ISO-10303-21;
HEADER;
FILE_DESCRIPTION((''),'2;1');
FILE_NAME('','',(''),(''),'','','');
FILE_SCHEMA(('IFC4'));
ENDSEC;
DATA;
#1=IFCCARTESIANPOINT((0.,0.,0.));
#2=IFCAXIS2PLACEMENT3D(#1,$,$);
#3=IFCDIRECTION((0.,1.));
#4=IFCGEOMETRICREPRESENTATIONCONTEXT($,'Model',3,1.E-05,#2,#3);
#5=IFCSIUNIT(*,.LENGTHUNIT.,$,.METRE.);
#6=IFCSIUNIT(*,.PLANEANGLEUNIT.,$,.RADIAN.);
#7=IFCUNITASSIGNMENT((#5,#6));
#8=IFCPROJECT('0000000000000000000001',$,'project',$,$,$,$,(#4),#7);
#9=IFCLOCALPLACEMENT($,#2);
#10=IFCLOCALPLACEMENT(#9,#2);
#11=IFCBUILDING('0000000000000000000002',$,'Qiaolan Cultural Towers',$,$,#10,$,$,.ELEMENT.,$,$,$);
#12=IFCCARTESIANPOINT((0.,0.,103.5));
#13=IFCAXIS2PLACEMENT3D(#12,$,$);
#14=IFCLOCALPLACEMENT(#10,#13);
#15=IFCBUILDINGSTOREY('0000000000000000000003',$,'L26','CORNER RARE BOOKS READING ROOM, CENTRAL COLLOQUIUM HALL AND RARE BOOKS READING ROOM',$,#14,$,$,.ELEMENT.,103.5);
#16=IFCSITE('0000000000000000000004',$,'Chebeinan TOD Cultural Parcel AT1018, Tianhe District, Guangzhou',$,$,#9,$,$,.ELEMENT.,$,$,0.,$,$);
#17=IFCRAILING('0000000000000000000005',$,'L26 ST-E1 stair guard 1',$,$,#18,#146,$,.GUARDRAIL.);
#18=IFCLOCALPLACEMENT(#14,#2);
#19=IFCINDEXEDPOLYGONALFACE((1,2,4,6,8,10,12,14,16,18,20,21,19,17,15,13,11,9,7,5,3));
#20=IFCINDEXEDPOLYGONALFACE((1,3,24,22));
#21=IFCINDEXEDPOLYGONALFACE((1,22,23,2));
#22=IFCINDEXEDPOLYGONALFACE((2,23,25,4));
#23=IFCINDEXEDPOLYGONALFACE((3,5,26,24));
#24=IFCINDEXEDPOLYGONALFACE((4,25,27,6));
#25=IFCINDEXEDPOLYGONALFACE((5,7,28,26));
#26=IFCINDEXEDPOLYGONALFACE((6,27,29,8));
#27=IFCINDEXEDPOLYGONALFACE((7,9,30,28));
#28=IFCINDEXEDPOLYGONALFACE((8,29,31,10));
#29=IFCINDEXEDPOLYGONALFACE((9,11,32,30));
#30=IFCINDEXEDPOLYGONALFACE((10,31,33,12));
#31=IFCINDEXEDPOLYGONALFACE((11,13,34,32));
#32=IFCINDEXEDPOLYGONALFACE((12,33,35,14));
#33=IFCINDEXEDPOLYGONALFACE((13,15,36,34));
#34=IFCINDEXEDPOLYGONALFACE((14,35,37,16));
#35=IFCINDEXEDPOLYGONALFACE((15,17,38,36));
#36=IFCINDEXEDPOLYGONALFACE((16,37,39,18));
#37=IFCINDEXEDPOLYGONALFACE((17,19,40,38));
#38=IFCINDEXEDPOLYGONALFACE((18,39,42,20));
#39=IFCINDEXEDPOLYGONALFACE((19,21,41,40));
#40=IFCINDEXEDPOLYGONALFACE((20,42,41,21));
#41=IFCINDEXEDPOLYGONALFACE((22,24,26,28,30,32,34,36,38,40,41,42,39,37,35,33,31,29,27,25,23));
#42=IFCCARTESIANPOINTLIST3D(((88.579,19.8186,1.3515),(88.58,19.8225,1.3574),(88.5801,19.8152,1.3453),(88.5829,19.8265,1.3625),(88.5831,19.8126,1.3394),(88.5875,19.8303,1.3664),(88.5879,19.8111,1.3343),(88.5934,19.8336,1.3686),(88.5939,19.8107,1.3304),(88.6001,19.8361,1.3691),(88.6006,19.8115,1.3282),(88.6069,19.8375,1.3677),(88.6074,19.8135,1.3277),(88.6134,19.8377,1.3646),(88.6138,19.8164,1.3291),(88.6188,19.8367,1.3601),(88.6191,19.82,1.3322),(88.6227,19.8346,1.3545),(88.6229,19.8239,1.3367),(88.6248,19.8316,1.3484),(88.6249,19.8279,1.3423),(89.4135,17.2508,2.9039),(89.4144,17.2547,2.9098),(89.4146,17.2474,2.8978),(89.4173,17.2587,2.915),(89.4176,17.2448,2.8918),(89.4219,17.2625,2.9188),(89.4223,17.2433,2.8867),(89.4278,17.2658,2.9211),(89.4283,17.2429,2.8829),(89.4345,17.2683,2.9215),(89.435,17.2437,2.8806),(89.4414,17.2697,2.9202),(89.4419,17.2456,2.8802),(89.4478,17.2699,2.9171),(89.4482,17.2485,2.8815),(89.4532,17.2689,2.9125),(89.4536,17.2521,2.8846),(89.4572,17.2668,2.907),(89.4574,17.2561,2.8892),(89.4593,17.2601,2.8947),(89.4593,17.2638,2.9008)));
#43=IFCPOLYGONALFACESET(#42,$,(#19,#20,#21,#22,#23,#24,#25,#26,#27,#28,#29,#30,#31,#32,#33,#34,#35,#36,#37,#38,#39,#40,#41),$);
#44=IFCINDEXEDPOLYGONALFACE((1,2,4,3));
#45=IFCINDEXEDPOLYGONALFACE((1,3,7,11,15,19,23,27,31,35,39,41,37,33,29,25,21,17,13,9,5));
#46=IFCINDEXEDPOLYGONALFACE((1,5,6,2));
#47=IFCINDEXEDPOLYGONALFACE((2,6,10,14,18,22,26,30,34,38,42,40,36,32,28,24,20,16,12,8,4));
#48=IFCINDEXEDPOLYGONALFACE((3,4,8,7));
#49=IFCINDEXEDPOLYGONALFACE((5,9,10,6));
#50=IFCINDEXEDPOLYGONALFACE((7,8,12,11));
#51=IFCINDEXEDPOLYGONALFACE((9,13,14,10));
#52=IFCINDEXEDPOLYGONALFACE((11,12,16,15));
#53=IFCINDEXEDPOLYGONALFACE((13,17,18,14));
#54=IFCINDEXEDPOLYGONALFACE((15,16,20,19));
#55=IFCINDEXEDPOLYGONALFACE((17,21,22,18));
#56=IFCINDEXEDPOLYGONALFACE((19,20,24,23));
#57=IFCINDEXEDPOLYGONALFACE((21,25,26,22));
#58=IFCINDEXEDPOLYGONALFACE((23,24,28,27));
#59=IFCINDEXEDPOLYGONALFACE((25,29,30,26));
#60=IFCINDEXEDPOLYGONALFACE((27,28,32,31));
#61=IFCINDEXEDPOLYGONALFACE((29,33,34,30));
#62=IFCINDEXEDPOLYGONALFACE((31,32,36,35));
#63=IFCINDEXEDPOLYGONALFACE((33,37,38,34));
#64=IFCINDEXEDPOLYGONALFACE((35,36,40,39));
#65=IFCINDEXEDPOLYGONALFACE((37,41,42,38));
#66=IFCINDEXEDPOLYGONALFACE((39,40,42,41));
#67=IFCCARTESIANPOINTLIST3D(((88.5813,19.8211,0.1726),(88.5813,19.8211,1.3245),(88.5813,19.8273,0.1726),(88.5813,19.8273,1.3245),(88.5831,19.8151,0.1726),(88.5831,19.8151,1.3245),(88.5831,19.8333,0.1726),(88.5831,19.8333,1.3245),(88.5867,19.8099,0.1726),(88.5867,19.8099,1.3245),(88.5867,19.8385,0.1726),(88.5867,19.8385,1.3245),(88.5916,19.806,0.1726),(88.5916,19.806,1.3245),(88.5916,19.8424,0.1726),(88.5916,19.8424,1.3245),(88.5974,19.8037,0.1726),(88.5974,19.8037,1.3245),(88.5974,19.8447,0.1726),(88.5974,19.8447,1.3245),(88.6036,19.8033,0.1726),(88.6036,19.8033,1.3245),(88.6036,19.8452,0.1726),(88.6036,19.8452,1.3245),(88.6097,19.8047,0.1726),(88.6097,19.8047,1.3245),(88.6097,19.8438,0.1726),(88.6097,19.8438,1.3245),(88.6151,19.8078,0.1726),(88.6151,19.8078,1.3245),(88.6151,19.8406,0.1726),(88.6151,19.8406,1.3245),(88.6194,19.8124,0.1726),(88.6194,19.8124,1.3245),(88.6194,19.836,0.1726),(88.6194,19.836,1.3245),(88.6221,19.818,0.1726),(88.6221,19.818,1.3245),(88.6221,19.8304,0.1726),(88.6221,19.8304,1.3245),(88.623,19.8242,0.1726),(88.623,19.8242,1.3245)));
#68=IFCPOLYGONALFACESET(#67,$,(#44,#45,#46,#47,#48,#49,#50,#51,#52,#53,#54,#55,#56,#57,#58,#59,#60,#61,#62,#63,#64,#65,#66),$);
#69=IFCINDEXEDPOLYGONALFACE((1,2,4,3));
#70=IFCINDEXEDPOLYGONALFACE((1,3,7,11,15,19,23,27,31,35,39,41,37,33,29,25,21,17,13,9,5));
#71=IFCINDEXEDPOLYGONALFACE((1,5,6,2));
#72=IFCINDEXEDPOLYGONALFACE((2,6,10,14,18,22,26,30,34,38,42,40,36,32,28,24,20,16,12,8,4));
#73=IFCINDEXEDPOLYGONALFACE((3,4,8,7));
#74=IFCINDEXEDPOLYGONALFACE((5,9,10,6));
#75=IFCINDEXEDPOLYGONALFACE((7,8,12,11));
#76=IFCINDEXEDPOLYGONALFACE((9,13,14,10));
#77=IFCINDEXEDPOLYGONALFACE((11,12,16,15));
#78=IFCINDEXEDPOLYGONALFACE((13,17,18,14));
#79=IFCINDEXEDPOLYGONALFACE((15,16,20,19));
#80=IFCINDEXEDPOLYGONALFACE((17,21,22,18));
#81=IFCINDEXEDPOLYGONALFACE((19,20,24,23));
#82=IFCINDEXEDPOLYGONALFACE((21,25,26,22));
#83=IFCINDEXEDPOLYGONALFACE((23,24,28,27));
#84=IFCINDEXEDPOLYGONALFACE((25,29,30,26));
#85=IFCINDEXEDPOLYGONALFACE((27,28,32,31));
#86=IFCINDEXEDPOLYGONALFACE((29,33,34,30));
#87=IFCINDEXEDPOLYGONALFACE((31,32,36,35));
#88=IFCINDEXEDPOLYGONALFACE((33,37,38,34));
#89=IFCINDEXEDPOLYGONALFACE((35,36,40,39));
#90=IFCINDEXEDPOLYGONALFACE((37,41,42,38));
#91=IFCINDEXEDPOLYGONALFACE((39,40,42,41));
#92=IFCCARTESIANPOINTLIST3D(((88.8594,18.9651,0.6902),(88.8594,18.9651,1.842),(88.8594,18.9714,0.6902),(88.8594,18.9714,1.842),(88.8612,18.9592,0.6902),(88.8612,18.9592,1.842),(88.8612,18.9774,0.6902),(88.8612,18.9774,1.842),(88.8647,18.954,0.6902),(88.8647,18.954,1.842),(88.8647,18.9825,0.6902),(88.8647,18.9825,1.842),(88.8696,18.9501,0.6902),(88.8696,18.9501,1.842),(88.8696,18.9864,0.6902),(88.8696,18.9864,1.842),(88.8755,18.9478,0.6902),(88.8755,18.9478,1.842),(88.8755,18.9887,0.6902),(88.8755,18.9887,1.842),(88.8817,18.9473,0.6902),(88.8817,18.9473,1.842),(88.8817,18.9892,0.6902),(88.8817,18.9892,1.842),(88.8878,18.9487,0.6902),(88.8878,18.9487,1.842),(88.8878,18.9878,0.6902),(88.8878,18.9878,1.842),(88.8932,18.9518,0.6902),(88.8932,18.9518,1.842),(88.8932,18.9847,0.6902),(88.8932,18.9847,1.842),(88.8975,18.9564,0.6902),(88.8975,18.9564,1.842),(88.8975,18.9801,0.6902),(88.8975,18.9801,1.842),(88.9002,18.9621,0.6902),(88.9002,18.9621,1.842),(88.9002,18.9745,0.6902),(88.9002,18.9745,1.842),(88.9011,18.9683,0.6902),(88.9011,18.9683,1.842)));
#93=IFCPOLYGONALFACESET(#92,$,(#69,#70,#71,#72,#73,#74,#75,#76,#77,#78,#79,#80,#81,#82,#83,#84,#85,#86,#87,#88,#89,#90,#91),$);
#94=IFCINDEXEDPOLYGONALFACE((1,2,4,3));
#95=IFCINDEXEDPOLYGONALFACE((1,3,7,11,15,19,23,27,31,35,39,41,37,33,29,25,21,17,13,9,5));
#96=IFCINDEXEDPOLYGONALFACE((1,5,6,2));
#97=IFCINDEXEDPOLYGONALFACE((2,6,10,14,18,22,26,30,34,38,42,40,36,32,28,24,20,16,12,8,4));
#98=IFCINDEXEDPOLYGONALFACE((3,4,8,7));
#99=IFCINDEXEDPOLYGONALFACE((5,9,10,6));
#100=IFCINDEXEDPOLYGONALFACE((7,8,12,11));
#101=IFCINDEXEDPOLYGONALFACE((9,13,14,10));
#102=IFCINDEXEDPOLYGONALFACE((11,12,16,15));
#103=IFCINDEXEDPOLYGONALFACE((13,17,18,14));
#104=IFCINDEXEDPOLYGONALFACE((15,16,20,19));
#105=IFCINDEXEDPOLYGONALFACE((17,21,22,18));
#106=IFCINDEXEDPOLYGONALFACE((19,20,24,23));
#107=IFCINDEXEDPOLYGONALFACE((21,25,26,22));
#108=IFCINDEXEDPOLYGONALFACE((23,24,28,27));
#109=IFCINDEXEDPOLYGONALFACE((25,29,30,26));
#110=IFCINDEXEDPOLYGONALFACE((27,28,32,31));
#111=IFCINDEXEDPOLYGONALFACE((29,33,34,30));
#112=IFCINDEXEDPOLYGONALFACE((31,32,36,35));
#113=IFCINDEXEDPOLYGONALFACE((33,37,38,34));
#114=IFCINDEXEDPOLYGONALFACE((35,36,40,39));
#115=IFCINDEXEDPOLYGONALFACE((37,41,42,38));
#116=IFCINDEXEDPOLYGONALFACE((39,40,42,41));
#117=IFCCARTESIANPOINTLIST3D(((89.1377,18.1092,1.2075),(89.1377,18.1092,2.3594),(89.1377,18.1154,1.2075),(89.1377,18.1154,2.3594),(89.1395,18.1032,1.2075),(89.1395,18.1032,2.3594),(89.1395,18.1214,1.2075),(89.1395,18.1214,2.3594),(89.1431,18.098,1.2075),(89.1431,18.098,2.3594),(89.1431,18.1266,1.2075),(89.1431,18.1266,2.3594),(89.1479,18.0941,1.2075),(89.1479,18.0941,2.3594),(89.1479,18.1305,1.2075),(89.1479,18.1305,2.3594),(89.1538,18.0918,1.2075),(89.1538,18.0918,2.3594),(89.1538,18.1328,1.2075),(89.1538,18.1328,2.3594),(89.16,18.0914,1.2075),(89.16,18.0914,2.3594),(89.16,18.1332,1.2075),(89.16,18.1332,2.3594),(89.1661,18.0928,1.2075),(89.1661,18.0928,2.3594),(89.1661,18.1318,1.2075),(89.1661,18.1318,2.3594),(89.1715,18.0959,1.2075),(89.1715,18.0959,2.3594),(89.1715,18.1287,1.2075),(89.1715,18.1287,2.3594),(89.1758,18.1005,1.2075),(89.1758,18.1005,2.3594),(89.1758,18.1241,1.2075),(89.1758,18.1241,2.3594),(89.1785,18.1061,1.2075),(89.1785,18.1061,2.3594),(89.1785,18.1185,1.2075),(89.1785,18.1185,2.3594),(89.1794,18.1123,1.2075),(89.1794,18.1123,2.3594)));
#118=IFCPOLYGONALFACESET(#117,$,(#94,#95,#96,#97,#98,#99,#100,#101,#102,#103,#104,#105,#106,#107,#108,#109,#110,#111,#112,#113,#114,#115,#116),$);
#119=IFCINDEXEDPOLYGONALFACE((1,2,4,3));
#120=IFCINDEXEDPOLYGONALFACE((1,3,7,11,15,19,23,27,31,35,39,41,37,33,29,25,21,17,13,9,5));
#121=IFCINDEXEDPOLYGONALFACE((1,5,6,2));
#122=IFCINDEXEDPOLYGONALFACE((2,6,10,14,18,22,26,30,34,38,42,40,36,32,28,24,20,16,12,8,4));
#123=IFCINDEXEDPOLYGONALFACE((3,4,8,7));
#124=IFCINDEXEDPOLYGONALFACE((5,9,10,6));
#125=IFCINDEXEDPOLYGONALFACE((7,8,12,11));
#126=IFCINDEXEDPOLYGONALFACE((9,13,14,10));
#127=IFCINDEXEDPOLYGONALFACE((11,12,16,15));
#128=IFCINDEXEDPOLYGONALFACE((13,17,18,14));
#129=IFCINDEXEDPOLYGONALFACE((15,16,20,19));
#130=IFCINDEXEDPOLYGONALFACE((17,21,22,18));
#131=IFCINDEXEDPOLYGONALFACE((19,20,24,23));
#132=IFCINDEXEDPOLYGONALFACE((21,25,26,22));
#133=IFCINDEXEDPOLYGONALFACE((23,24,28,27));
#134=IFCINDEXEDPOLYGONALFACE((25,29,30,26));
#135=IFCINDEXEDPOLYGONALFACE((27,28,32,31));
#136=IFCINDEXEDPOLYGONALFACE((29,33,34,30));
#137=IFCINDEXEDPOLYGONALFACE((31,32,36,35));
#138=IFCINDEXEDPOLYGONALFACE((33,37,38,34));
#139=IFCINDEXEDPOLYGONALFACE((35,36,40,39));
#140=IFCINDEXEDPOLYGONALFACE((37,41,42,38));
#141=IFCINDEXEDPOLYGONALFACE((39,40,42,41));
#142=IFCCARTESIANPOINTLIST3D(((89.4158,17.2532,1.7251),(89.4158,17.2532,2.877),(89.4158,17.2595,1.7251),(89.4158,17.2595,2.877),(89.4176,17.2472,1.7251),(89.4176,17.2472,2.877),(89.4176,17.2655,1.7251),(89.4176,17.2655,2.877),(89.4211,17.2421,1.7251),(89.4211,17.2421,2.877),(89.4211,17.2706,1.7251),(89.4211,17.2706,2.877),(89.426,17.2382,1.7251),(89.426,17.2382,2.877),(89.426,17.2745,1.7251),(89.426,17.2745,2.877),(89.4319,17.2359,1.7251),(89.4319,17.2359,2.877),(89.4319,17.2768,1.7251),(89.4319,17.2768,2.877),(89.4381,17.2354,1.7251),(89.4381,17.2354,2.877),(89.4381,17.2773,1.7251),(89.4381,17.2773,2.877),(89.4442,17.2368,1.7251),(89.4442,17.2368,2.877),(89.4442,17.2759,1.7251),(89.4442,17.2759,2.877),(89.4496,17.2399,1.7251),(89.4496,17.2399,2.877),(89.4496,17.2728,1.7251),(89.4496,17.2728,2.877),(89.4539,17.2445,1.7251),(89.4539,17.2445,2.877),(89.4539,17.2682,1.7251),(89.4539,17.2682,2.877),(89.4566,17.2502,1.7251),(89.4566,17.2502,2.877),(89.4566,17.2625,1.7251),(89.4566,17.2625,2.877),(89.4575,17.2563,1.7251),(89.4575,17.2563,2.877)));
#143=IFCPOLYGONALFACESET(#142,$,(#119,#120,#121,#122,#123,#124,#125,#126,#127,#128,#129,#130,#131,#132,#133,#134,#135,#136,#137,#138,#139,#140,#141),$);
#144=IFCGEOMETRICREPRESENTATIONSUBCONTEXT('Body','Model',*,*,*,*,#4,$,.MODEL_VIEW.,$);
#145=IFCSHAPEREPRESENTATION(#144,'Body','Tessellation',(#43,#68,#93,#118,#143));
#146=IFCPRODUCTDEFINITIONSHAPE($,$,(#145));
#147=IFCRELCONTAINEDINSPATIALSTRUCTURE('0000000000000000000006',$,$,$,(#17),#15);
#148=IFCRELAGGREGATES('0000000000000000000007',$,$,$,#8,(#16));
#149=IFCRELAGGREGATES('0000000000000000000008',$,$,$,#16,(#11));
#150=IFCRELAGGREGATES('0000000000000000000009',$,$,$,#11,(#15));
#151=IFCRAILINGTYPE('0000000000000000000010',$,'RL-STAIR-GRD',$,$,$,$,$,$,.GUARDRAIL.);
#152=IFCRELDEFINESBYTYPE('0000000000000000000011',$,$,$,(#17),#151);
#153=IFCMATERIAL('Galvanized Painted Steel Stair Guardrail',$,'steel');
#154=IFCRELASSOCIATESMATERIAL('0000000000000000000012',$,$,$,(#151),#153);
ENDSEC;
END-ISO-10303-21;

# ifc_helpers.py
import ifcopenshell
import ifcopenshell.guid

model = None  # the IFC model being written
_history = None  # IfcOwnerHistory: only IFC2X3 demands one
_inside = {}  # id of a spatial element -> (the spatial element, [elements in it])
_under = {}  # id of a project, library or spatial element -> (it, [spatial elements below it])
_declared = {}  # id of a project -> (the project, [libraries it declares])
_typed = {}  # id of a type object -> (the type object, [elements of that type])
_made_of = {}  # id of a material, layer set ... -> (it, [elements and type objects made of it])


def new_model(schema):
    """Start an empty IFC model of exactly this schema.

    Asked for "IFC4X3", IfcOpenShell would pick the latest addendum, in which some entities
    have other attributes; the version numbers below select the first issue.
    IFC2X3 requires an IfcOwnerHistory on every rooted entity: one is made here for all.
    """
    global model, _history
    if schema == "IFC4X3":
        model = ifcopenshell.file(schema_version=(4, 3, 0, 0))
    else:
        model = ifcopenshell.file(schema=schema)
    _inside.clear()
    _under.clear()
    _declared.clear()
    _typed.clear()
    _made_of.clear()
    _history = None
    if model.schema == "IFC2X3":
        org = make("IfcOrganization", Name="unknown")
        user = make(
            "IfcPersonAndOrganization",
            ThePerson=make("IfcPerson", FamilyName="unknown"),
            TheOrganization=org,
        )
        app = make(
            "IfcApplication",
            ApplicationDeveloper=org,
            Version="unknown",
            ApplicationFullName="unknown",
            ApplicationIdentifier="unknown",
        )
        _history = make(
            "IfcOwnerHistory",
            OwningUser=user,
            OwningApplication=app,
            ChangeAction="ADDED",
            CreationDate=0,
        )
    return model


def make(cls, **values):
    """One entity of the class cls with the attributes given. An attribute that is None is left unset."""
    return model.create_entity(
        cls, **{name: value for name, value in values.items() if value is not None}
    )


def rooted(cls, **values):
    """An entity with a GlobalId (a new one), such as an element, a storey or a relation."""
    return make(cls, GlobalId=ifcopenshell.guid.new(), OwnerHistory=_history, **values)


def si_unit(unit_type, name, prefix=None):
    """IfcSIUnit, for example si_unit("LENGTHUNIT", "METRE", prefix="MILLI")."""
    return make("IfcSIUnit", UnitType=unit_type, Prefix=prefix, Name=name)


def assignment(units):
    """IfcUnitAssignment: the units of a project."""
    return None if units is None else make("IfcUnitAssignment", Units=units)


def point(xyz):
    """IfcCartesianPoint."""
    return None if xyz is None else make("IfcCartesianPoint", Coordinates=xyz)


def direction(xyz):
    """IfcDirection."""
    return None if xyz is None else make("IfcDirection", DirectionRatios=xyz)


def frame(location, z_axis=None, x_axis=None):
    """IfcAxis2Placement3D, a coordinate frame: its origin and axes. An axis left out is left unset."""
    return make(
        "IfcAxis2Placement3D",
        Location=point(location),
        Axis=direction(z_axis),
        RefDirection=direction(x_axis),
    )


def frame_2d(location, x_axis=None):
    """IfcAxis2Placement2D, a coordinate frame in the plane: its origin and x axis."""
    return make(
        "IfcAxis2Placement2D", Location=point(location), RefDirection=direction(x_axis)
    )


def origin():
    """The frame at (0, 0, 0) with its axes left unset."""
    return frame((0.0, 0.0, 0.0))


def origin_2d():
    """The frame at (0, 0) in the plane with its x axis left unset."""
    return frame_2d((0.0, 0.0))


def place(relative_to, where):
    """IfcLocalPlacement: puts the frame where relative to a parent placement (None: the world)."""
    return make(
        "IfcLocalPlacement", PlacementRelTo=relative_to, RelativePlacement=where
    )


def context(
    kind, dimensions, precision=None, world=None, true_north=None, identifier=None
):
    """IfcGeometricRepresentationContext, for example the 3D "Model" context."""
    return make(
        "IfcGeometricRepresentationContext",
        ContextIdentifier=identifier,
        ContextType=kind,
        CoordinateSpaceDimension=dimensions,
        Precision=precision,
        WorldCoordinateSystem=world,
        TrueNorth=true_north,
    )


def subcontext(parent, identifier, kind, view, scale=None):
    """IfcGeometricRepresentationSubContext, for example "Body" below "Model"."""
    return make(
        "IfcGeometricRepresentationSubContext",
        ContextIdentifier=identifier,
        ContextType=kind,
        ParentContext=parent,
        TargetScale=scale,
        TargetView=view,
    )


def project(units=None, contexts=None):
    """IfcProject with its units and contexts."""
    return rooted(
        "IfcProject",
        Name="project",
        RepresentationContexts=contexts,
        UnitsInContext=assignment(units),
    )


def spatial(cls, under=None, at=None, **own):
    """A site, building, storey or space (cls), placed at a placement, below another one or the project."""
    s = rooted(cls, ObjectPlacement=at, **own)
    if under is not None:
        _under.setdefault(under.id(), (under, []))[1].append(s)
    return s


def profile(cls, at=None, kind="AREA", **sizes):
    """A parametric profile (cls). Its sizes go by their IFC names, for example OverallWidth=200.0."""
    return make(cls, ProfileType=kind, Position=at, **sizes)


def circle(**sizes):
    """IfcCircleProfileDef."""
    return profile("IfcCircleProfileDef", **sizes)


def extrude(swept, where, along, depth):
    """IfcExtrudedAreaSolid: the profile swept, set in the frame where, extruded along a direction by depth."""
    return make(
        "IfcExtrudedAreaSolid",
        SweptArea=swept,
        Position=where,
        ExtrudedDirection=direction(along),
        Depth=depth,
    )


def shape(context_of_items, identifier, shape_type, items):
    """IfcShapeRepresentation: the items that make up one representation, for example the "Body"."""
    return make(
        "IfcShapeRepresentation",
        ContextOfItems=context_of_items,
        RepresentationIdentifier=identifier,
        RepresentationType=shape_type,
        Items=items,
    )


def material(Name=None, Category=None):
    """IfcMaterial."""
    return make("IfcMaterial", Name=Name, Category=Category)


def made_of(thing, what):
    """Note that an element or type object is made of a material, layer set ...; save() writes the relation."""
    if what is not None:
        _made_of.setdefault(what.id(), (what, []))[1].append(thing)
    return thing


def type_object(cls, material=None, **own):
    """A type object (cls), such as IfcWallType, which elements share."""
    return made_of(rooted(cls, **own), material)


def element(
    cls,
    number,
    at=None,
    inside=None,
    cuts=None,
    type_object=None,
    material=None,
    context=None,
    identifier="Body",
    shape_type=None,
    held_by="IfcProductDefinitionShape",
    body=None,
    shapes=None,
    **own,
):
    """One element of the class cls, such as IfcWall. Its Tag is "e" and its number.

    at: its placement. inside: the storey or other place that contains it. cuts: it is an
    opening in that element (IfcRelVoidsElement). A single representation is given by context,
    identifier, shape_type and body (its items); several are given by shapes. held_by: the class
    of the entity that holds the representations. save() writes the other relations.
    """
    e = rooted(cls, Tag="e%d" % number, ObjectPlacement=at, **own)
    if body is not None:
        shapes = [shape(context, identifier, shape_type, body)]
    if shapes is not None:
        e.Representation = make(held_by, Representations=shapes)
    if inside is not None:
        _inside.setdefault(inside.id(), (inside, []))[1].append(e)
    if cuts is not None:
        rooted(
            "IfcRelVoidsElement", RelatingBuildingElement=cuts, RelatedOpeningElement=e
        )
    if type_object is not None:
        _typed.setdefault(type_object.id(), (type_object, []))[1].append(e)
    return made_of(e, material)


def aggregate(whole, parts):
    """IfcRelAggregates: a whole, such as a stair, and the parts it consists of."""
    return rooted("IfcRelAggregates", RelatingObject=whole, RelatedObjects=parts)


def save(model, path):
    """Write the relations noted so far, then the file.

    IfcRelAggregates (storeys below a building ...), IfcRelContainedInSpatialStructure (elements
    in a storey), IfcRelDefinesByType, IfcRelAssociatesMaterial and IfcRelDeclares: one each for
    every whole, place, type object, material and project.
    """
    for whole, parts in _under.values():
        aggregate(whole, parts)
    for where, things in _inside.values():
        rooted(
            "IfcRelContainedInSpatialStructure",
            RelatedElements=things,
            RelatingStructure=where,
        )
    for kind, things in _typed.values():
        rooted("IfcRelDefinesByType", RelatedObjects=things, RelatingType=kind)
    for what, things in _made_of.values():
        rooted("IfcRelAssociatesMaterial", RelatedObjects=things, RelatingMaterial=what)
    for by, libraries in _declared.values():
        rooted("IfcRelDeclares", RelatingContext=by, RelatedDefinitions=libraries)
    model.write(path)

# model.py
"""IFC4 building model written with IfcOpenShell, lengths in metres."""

from ifc_helpers import new_model, si_unit, direction, frame, origin, origin_2d, place, context, subcontext, project, spatial, circle, extrude, material, type_object, element, save


model = new_model("IFC4")

# Units and contexts
model_context = context("Model", 3, precision=1e-05, world=origin(), true_north=direction((0.0, 1.0)))
body_context = subcontext(model_context, "Body", "Model", "MODEL_VIEW")
ifc_project = project(units=[si_unit("LENGTHUNIT", "METRE"), si_unit("PLANEANGLEUNIT", "RADIAN")], contexts=[model_context])

# Site, building, storey
site_placement = place(None, origin())
site = spatial("IfcSite", under=ifc_project, at=site_placement, Name="Chebeinan TOD Cultural Parcel AT1018, Tianhe District, Guangzhou", CompositionType="ELEMENT", RefElevation=0.0)
building_placement = place(site_placement, origin())
building = spatial("IfcBuilding", under=site, at=building_placement, Name="Qiaolan Cultural Towers", CompositionType="ELEMENT")
storey_placement = place(building_placement, frame((0.0, 0.0, 103.5)))
storey = spatial("IfcBuildingStorey", under=building, at=storey_placement, Name="L26", Description="CORNER RARE BOOKS READING ROOM, CENTRAL COLLOQUIUM HALL AND RARE BOOKS READING ROOM", CompositionType="ELEMENT", Elevation=103.5)

# Railing
ifc_material_1 = material(Name="Galvanized Painted Steel Stair Guardrail", Category="steel")
railing_type_1 = type_object("IfcRailingType", Name="RL-STAIR-GRD", PredefinedType="GUARDRAIL", material=ifc_material_1)
railing_1_placement = place(storey_placement, frame((88.6021, 19.8242, 0.1726)))
element("IfcRailing", 1, at=railing_1_placement, inside=storey, type_object=railing_type_1, Name="L26 ST-E1 stair guard 1", PredefinedType="GUARDRAIL", context=body_context, shape_type="SweptSolid", body=[
    extrude(circle(Radius=0.0239, at=origin_2d()), frame((0.0, 0.0, 1.1758), z_axis=(0.267926, -0.824471, 0.498461), x_axis=(0.951043, 0.309057, 0.0)), (0.0, 0.0, 1.0), 3.1145),
    extrude(circle(Radius=0.021, at=origin_2d()), origin(), (0.0, 0.0, 1.0), 1.1519),
    extrude(circle(Radius=0.021, at=origin_2d()), frame((0.2781, -0.856, 0.5176)), (0.0, 0.0, 1.0), 1.1519),
    extrude(circle(Radius=0.021, at=origin_2d()), frame((0.5564, -1.7119, 1.0349)), (0.0, 0.0, 1.0), 1.1519),
    extrude(circle(Radius=0.021, at=origin_2d()), frame((0.8345, -2.5679, 1.5525)), (0.0, 0.0, 1.0), 1.1519),
])

save(model, "model.ifc")
